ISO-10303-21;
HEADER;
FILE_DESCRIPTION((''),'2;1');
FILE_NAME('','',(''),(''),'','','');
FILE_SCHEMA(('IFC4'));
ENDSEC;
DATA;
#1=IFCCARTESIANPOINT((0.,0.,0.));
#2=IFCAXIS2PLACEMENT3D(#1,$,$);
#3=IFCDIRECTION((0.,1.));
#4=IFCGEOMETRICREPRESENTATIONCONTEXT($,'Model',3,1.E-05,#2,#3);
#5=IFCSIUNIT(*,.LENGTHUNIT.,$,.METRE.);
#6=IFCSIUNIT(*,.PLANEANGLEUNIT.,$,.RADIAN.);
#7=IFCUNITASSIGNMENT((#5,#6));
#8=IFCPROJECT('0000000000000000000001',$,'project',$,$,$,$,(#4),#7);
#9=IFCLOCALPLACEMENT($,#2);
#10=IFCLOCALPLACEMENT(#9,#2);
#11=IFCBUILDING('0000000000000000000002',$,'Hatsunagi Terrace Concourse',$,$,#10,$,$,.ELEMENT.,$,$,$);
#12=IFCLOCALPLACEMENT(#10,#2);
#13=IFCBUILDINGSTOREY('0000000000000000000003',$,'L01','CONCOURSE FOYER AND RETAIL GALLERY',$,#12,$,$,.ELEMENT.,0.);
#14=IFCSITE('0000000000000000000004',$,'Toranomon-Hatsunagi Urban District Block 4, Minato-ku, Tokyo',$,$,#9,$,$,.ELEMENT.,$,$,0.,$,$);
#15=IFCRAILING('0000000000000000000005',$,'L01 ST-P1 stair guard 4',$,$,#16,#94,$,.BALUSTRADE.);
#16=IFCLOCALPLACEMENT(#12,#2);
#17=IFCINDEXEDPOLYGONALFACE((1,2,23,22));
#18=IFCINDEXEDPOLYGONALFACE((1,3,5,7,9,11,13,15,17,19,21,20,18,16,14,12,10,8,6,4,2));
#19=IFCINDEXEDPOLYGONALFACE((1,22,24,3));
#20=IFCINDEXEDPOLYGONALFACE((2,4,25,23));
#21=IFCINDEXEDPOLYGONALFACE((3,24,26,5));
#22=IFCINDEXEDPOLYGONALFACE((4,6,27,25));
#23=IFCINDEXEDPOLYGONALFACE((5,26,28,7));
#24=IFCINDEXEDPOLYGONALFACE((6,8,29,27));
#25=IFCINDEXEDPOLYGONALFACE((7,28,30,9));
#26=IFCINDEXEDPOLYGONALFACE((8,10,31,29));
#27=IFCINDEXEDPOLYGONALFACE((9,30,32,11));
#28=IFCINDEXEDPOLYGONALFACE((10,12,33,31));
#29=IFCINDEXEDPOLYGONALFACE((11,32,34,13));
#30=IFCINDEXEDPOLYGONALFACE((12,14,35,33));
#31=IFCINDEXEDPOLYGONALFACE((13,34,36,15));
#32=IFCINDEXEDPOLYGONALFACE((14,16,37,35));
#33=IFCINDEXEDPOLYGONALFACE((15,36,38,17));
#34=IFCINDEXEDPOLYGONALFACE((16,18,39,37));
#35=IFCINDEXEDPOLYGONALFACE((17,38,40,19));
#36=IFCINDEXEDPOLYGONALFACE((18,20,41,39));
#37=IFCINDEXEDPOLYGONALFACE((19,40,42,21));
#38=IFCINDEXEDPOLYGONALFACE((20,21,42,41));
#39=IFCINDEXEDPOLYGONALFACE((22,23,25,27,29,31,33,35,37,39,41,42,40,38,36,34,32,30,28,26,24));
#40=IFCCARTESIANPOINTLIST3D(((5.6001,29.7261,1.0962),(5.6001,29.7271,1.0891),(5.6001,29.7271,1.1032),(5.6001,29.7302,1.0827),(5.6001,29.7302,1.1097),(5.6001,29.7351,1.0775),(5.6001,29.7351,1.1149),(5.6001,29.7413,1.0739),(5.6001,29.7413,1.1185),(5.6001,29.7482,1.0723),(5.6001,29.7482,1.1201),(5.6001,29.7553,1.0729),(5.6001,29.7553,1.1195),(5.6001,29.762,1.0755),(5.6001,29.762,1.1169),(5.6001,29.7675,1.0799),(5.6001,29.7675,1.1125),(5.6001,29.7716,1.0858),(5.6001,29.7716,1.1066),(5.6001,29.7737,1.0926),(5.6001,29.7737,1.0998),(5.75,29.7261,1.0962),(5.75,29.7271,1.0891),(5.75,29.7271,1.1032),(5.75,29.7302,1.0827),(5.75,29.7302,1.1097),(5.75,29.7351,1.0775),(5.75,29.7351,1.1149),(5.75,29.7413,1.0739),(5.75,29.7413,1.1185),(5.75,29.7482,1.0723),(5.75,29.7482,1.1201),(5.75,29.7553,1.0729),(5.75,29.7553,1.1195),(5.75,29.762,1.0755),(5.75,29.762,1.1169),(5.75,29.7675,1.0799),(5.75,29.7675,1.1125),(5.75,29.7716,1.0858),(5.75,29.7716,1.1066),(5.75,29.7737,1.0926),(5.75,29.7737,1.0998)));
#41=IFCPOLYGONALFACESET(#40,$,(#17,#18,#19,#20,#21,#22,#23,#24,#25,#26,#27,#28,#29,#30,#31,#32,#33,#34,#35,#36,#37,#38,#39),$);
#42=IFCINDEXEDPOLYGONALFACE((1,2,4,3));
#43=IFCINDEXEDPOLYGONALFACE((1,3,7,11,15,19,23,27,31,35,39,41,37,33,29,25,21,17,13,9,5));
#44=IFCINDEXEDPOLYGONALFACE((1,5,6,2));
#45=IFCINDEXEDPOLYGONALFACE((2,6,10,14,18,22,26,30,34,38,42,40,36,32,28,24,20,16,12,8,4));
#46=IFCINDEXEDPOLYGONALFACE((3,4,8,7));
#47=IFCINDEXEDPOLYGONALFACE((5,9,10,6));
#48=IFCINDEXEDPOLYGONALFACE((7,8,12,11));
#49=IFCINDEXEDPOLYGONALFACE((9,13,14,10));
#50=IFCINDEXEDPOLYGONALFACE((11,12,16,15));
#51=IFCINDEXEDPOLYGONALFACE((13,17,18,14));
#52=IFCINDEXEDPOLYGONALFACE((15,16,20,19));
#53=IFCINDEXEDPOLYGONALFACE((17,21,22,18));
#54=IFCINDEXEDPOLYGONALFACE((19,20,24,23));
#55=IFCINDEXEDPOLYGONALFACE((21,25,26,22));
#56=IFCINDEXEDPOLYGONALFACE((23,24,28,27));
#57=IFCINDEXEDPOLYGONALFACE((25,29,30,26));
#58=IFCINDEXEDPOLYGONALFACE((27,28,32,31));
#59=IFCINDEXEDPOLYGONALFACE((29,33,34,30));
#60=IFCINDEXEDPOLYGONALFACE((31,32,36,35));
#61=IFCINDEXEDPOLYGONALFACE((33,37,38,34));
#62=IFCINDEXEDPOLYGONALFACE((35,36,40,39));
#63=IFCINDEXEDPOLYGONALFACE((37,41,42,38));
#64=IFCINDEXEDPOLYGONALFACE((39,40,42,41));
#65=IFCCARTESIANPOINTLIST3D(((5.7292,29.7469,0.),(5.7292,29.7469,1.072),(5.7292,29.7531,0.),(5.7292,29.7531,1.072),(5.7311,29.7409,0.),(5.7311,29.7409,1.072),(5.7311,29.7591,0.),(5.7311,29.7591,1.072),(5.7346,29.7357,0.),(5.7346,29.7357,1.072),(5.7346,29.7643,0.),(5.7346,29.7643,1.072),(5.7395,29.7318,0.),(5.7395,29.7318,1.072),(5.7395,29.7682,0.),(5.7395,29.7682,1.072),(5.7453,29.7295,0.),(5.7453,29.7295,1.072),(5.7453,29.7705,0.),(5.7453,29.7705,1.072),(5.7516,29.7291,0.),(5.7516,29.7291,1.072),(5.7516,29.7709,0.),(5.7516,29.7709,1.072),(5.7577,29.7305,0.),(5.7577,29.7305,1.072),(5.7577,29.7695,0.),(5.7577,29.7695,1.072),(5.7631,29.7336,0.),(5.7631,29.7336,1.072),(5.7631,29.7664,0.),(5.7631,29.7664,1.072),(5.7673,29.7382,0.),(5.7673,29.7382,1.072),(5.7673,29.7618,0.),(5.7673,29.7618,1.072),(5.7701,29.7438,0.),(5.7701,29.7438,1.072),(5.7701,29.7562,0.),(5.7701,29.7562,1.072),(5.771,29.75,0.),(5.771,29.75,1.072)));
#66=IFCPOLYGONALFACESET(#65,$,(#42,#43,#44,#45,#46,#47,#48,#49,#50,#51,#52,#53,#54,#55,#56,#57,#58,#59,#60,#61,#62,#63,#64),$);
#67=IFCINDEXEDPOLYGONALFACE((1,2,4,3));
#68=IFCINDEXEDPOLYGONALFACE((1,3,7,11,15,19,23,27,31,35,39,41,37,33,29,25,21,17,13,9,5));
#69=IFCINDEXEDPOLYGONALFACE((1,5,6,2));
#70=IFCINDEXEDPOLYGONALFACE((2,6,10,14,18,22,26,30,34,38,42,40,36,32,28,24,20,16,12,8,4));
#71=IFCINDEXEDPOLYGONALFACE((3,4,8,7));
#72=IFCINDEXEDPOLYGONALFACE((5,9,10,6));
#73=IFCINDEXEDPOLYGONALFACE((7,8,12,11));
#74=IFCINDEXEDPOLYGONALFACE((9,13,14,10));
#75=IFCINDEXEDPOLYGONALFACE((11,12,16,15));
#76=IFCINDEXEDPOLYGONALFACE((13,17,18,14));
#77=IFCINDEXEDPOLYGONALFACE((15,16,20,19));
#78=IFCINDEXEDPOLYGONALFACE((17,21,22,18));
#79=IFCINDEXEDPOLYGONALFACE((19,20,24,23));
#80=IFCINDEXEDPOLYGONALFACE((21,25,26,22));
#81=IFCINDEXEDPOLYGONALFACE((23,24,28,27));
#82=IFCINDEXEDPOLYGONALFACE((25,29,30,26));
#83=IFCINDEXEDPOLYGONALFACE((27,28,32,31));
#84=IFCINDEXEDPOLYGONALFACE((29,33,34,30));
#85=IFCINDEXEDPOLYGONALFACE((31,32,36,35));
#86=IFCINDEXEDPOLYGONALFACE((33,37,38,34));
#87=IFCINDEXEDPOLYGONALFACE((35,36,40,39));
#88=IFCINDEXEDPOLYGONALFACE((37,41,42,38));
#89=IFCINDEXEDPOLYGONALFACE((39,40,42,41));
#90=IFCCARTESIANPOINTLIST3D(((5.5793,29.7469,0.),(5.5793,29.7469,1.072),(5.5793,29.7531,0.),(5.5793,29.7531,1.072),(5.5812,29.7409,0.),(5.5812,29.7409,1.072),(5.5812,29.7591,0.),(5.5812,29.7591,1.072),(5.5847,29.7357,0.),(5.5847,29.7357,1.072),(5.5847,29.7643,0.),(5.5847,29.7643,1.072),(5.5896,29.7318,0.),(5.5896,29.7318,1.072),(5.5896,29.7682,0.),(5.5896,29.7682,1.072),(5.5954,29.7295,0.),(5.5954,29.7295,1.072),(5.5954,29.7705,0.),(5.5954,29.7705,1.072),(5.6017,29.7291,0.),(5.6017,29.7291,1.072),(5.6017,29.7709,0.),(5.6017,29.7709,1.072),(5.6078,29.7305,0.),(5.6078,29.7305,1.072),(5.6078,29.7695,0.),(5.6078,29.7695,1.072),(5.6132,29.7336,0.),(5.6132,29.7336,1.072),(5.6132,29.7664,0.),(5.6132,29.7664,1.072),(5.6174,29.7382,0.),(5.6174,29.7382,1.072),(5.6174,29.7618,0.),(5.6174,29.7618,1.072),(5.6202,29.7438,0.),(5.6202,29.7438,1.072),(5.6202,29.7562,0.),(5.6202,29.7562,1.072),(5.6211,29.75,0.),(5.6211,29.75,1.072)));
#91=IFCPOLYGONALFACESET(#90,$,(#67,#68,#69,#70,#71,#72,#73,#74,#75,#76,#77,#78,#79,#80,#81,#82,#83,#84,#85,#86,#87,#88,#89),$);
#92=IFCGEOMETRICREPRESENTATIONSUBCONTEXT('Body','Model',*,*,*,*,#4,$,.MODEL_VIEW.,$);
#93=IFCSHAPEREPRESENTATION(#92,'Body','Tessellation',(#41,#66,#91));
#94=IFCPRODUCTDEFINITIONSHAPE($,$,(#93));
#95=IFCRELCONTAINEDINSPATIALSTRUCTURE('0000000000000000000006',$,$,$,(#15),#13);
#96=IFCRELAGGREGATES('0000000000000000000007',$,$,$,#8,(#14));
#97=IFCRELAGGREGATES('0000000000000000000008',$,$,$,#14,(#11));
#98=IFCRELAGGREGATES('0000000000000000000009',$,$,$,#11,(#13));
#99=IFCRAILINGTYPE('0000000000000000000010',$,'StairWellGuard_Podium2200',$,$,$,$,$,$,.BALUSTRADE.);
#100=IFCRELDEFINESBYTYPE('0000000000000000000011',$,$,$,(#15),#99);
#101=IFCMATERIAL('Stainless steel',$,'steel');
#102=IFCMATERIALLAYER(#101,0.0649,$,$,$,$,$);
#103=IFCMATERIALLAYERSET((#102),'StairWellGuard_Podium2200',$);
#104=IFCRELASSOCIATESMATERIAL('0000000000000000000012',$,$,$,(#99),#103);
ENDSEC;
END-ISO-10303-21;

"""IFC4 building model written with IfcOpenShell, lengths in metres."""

from ifc_helpers import new_model, si_unit, direction, frame, origin, origin_2d, place, context, subcontext, project, spatial, circle, extrude, material, layer, layer_set, type_object, element, save


model = new_model("IFC4")

# Units and contexts
model_context = context("Model", 3, precision=1e-05, world=origin(), true_north=direction((0.0, 1.0)))
body_context = subcontext(model_context, "Body", "Model", "MODEL_VIEW")
ifc_project = project(units=[si_unit("LENGTHUNIT", "METRE"), si_unit("PLANEANGLEUNIT", "RADIAN")], contexts=[model_context])

# Site, building, storey
site_placement = place(None, origin())
site = spatial("IfcSite", under=ifc_project, at=site_placement, Name="Toranomon-Hatsunagi Urban District Block 4, Minato-ku, Tokyo", CompositionType="ELEMENT", RefElevation=0.0)
building_placement = place(site_placement, origin())
building = spatial("IfcBuilding", under=site, at=building_placement, Name="Hatsunagi Terrace Concourse", CompositionType="ELEMENT")
storey_placement = place(building_placement, origin())
storey = spatial("IfcBuildingStorey", under=building, at=storey_placement, Name="L01", Description="CONCOURSE FOYER AND RETAIL GALLERY", CompositionType="ELEMENT", Elevation=0.0)

# Railing
ifc_material_1 = material(Name="Stainless steel", Category="steel")
ifc_layer_1 = layer(ifc_material_1, 0.0649)
ifc_layer_set_1 = layer_set([ifc_layer_1], Name="StairWellGuard_Podium2200")
railing_type_1 = type_object("IfcRailingType", Name="StairWellGuard_Podium2200", PredefinedType="BALUSTRADE", material=ifc_layer_set_1)
railing_1_placement = place(storey_placement, frame((5.75, 29.75, 0.0)))
element("IfcRailing", 1, at=railing_1_placement, inside=storey, type_object=railing_type_1, Name="L01 ST-P1 stair guard 4", PredefinedType="BALUSTRADE", context=body_context, shape_type="SweptSolid", body=[
    extrude(circle(Radius=0.0239, at=origin_2d()), frame((0.0, 0.0, 1.0962), z_axis=(-1.0, 0.0, 0.0), x_axis=(0.0, -1.0, 0.0)), (0.0, 0.0, 1.0), 0.1499),
    extrude(circle(Radius=0.021, at=origin_2d()), origin(), (0.0, 0.0, 1.0), 1.072),
    extrude(circle(Radius=0.021, at=origin_2d()), frame((-0.1499, 0.0, 0.0)), (0.0, 0.0, 1.0), 1.072),
])

save(model, "model.ifc")
